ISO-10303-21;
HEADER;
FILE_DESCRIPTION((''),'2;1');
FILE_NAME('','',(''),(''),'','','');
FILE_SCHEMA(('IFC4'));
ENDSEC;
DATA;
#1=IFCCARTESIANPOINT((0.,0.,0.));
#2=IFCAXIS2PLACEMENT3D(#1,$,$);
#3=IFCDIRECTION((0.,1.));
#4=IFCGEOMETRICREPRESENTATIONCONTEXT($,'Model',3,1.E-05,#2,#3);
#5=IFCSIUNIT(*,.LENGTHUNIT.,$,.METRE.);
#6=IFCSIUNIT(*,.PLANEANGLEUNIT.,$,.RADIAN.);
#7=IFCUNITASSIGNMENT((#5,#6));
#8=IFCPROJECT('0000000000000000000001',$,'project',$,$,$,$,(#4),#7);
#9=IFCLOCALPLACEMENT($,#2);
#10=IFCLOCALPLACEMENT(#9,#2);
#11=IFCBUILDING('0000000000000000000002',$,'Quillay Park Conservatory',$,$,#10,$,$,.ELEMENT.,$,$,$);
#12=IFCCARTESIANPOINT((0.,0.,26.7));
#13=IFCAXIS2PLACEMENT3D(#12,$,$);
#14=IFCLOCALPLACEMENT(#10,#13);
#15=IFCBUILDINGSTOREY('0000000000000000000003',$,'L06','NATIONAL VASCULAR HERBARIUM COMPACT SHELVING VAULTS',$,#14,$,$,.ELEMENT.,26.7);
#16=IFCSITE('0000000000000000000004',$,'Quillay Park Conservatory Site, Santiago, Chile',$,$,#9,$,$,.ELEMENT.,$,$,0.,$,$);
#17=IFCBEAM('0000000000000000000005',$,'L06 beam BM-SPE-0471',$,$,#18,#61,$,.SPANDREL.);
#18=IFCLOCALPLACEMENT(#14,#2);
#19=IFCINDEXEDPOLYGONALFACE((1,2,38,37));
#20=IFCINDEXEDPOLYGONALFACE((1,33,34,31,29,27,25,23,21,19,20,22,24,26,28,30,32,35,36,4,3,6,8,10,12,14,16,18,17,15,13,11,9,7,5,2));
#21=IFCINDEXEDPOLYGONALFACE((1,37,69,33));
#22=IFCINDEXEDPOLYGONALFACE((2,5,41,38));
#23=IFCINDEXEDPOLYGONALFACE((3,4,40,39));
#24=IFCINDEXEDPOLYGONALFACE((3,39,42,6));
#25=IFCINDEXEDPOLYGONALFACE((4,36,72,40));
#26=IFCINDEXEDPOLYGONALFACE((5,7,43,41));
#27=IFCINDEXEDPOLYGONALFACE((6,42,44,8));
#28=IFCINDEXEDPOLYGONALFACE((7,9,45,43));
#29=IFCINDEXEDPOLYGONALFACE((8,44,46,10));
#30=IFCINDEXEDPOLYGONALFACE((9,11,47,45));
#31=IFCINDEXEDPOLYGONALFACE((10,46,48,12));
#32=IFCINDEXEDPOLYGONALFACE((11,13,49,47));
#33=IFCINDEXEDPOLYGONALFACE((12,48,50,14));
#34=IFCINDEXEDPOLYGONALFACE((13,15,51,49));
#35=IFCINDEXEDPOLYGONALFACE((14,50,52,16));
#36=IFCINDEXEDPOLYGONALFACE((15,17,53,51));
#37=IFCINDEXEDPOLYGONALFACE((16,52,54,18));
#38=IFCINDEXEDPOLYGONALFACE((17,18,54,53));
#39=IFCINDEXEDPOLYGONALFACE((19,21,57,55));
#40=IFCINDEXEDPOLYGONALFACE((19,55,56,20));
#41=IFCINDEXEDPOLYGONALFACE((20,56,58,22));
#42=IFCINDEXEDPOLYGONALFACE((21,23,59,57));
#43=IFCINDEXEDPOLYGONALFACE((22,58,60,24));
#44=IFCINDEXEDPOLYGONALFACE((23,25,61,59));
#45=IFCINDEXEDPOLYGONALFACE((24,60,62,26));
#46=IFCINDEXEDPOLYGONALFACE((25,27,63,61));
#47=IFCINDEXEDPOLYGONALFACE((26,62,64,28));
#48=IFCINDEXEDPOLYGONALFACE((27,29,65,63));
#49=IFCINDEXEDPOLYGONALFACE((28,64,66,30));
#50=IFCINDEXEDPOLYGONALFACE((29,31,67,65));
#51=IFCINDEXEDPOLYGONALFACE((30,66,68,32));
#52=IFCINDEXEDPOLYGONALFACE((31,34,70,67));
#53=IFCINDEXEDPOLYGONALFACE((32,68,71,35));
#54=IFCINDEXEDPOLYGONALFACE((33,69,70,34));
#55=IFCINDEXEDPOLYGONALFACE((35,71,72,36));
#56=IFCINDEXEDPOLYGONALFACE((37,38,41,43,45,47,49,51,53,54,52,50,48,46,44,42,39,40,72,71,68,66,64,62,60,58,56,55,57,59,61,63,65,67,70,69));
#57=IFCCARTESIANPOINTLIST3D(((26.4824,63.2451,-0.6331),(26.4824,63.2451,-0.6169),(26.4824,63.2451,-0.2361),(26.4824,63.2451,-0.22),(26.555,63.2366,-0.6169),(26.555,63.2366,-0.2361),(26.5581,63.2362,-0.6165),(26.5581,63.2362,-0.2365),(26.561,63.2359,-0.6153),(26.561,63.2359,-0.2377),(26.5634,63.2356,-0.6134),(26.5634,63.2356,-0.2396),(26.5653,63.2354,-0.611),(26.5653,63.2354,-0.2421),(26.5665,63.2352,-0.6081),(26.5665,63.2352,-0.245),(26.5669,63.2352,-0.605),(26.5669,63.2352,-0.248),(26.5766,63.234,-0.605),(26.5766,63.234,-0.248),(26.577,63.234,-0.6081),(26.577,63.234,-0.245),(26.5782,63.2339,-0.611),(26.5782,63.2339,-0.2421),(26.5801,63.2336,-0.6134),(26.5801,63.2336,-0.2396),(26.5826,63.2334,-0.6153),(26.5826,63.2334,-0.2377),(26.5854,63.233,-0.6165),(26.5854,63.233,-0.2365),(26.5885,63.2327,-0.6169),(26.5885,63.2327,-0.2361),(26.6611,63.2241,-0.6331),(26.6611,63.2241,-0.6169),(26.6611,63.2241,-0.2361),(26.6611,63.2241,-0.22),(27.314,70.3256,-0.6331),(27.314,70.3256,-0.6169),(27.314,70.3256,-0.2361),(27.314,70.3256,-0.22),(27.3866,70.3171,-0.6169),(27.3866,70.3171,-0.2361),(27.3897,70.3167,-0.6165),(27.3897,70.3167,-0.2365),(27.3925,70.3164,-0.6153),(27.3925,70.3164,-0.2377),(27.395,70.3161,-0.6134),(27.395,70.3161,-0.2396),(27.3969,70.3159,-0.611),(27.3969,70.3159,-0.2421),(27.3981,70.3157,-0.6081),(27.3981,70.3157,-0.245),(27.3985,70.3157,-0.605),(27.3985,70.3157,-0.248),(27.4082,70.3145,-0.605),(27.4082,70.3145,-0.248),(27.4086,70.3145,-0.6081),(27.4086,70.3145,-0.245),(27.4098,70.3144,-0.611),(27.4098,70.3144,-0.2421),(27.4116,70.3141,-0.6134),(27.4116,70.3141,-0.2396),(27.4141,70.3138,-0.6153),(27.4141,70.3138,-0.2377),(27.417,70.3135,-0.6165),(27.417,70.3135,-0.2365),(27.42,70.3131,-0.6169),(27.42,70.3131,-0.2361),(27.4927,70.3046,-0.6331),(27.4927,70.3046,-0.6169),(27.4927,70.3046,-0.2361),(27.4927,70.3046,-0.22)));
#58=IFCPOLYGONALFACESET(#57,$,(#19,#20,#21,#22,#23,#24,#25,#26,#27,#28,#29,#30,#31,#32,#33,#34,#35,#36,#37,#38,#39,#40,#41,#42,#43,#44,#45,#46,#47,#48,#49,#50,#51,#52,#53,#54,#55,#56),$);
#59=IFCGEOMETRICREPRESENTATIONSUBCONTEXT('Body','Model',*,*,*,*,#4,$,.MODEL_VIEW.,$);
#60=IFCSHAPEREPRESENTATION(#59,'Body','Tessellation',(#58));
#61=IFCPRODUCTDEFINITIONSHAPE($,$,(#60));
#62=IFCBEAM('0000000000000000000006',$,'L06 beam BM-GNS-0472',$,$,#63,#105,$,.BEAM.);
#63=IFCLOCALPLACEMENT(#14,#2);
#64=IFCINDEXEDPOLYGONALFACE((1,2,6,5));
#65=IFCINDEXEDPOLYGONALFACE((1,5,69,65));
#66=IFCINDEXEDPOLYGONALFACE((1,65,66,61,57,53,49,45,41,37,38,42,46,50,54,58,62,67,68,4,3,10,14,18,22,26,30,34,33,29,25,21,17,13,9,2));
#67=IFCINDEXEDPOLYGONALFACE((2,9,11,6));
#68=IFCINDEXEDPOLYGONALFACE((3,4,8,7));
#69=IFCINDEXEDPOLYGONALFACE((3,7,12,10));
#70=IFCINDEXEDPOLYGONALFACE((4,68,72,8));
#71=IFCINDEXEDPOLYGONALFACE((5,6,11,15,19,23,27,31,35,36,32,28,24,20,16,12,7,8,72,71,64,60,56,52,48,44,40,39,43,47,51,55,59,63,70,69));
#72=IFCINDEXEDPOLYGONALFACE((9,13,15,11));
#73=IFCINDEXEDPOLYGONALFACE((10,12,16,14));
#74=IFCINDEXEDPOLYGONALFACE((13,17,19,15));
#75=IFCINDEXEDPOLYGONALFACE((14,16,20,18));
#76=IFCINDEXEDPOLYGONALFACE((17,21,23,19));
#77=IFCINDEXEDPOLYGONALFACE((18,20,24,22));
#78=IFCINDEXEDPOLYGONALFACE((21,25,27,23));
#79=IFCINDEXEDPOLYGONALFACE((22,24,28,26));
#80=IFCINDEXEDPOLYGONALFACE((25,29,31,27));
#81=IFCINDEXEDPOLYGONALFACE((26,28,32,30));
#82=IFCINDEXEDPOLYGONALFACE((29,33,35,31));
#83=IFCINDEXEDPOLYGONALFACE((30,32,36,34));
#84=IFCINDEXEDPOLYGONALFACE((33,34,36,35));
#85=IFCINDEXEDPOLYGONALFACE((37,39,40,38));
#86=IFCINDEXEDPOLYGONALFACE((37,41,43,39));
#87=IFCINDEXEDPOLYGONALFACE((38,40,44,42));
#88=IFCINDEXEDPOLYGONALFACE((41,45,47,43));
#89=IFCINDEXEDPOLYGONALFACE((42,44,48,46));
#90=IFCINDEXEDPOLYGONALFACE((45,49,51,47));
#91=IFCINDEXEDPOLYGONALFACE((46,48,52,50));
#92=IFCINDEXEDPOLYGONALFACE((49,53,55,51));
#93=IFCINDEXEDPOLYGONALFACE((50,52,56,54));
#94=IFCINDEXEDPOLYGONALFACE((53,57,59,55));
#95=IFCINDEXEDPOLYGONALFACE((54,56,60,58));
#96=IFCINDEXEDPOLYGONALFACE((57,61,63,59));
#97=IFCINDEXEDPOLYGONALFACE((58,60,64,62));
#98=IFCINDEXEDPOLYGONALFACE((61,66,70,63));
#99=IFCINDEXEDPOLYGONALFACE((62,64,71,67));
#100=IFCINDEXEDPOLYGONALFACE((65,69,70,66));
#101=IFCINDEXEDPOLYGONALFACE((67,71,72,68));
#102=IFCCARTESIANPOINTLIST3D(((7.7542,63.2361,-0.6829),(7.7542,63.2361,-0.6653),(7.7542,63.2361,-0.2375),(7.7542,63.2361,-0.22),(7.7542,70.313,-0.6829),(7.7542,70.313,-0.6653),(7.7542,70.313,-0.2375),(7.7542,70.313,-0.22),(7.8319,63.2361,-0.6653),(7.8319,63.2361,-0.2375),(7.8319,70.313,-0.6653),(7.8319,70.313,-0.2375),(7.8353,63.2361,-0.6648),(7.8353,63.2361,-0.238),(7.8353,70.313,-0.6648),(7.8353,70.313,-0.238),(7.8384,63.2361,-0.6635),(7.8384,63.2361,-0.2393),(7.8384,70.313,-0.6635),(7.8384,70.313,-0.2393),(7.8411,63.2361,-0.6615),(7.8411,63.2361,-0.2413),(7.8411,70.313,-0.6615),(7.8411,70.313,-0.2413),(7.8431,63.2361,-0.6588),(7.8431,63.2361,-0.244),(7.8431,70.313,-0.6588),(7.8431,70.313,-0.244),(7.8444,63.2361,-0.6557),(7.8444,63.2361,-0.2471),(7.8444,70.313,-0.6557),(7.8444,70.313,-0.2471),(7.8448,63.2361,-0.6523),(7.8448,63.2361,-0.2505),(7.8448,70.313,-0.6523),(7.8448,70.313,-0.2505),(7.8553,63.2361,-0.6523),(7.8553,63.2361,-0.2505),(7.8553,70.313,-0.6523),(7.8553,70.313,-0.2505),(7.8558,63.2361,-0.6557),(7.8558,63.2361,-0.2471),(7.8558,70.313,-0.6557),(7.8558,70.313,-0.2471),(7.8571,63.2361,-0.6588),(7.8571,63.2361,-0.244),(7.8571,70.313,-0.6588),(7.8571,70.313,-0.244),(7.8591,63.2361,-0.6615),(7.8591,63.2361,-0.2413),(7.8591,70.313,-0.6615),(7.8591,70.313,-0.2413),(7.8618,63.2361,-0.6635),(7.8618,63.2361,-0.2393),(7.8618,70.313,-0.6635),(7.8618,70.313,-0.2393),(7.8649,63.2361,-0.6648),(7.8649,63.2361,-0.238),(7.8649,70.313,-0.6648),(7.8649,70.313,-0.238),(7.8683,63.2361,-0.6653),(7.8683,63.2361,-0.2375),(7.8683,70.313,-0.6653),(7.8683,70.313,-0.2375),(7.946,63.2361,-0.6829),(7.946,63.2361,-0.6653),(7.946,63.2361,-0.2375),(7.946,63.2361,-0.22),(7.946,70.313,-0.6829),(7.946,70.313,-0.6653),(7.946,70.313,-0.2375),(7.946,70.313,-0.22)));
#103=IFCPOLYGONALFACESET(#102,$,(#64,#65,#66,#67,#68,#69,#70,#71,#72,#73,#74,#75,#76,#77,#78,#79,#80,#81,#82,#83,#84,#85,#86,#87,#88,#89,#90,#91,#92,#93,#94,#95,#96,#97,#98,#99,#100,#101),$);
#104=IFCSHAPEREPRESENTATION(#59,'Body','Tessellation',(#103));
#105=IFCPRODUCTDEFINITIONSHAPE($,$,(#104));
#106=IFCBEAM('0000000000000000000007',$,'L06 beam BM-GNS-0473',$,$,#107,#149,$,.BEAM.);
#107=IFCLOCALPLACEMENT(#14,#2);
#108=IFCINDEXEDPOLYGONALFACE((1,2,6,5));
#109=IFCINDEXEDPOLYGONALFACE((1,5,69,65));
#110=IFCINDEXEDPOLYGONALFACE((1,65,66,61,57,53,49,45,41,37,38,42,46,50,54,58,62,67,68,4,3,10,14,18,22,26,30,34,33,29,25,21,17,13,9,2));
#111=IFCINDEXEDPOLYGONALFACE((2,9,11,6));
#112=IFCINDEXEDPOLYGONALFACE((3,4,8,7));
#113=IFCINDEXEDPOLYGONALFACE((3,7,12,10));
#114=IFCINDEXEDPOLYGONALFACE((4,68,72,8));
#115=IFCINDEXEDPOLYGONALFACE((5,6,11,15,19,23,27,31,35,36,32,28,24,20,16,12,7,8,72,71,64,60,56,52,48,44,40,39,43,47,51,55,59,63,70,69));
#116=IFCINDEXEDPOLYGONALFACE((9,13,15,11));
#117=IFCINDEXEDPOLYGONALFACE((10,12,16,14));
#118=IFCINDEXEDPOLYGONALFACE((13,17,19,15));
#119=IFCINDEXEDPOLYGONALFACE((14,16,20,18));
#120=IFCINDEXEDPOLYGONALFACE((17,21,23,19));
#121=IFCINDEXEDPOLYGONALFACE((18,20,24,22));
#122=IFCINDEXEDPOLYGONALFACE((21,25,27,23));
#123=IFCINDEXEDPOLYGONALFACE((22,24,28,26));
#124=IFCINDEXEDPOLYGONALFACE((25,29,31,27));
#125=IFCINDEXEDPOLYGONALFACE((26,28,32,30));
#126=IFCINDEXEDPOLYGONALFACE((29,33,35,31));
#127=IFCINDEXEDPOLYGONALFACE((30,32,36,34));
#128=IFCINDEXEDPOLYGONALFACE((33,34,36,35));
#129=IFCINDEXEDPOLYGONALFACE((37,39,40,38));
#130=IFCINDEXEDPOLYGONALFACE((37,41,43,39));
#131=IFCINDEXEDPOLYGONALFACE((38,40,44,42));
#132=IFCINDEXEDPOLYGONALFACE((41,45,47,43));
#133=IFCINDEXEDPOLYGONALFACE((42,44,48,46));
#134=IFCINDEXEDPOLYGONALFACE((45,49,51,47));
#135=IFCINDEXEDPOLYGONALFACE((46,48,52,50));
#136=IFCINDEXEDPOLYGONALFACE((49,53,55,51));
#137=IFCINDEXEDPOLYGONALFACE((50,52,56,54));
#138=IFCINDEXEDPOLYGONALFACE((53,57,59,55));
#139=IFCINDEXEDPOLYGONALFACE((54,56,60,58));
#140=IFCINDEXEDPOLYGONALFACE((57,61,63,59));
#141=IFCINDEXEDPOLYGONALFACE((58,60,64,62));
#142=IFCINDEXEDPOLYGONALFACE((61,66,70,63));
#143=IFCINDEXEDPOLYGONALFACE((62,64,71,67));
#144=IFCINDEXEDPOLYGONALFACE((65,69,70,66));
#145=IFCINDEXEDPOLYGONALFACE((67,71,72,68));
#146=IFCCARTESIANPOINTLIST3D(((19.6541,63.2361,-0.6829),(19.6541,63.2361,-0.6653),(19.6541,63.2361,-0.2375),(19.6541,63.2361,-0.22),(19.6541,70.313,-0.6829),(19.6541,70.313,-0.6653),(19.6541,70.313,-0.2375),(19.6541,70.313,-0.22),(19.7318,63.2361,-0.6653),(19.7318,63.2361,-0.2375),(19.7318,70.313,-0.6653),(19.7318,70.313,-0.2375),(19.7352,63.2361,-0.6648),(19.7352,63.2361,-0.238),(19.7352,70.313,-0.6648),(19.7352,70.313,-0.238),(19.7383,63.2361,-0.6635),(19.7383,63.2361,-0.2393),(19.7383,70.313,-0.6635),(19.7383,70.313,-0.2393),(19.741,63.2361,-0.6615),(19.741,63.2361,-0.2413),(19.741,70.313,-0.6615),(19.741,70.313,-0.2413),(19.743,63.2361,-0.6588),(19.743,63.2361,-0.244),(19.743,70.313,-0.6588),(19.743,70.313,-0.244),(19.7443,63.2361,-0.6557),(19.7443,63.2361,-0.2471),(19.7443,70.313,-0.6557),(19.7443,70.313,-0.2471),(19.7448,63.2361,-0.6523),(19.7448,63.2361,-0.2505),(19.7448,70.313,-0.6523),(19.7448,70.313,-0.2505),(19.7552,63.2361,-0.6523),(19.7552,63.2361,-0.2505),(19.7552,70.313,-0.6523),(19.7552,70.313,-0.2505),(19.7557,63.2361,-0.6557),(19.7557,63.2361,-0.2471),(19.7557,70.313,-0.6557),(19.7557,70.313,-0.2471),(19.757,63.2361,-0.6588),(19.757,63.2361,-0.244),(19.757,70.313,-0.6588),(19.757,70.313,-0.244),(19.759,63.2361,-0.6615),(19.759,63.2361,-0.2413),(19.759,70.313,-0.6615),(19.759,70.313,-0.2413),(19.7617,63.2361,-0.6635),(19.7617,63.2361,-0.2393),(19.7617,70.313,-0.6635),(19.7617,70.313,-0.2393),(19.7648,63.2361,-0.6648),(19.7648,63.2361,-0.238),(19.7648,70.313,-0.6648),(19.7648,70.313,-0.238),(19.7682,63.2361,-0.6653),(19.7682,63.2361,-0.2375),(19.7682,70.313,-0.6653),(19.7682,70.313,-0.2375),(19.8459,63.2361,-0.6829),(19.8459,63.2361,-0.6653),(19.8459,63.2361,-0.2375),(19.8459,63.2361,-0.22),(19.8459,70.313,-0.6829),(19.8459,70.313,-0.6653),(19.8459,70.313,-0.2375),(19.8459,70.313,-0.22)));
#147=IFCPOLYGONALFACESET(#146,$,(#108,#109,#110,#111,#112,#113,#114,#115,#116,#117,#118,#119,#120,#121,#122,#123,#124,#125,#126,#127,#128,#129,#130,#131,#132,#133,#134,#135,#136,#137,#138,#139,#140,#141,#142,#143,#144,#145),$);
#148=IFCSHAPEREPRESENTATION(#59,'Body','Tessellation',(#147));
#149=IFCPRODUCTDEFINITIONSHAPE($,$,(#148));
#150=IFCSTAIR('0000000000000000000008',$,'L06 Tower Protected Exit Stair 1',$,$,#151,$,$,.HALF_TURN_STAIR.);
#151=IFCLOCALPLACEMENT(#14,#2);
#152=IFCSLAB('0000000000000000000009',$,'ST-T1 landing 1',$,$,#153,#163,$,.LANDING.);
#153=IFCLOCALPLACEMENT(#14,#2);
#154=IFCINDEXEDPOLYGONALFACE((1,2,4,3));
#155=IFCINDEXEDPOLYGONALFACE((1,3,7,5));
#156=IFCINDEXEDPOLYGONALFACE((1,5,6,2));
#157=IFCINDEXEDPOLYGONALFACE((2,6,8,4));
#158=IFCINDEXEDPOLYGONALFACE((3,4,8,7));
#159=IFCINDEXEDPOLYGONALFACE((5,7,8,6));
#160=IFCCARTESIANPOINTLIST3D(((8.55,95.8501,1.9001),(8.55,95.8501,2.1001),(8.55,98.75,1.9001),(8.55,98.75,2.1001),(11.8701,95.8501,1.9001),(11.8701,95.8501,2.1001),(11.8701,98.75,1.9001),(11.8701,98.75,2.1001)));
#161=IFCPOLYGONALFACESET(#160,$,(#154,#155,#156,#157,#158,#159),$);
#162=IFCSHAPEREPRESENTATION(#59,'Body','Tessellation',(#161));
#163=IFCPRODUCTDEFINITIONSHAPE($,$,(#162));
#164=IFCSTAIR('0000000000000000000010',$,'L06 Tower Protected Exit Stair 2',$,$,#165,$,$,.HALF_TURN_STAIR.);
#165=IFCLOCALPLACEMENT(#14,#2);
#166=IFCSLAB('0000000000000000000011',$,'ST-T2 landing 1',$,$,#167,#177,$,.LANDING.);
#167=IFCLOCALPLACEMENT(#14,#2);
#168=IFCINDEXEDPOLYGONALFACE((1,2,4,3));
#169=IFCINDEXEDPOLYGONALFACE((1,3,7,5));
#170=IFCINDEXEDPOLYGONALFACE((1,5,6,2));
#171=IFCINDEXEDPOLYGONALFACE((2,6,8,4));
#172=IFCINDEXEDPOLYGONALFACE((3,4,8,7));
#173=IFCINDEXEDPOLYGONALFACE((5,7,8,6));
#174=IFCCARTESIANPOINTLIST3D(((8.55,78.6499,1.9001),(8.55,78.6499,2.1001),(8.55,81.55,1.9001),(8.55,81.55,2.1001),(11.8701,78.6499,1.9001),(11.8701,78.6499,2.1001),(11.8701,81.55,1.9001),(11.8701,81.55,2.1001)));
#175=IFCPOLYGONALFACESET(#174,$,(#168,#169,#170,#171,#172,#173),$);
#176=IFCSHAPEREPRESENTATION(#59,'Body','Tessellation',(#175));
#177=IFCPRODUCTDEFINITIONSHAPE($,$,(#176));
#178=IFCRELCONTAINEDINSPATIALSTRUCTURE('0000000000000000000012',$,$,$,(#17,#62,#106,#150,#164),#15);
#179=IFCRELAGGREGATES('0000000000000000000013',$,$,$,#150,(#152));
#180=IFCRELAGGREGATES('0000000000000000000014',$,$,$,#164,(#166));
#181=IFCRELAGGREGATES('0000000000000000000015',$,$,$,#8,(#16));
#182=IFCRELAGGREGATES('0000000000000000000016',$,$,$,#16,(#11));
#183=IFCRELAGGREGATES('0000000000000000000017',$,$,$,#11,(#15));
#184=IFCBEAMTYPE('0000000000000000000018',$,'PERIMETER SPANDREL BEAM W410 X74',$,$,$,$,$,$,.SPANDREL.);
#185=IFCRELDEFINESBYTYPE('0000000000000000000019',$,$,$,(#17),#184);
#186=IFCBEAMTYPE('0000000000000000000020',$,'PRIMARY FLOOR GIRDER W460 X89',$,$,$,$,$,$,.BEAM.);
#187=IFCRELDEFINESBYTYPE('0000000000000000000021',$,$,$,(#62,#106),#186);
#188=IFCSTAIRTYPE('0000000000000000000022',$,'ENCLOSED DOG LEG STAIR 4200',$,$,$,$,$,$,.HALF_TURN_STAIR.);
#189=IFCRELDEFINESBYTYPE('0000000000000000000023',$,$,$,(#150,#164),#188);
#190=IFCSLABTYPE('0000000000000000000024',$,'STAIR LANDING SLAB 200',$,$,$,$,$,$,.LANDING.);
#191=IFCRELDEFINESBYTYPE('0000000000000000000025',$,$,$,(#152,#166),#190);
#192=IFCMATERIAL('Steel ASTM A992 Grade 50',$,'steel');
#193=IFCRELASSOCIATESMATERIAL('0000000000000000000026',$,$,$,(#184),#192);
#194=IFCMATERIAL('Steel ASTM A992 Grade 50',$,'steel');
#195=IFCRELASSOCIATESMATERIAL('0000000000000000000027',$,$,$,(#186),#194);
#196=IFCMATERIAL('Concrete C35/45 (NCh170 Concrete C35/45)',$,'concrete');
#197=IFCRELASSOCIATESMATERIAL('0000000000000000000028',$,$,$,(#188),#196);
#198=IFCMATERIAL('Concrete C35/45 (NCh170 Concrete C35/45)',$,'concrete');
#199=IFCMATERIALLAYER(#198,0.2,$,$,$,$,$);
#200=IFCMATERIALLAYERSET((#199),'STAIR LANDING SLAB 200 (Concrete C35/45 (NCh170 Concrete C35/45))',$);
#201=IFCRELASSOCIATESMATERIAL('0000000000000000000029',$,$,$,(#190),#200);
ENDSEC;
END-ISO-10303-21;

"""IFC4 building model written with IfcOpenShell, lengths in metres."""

from ifc_helpers import new_model, si_unit, direction, frame, origin, origin_2d, place, context, subcontext, project, spatial, polyline, i_section, outline, extrude, material, layer, layer_set, material_profile, profile_set, type_object, element, aggregate, save


model = new_model("IFC4")

# Units and contexts
model_context = context("Model", 3, precision=1e-05, world=origin(), true_north=direction((0.0, 1.0)))
body_context = subcontext(model_context, "Body", "Model", "MODEL_VIEW")
ifc_project = project(units=[si_unit("LENGTHUNIT", "METRE"), si_unit("PLANEANGLEUNIT", "RADIAN")], contexts=[model_context])

# Site, building, storey
site_placement = place(None, origin())
site = spatial("IfcSite", under=ifc_project, at=site_placement, Name="Quillay Park Conservatory Site, Santiago, Chile", CompositionType="ELEMENT", RefElevation=0.0)
building_placement = place(site_placement, origin())
building = spatial("IfcBuilding", under=site, at=building_placement, Name="Quillay Park Conservatory", CompositionType="ELEMENT")
storey_placement = place(building_placement, frame((0.0, 0.0, 26.7)))
storey = spatial("IfcBuildingStorey", under=building, at=storey_placement, Name="L06", Description="NATIONAL VASCULAR HERBARIUM COMPACT SHELVING VAULTS", CompositionType="ELEMENT", Elevation=26.7)

# Beams
ifc_material_1 = material(Name="Steel ASTM A992 Grade 50", Category="steel")
ifc_material_profile_1 = material_profile(ifc_material_1, i_section(OverallWidth=0.1799, OverallDepth=0.4131, WebThickness=0.0098, FlangeThickness=0.0161, FilletRadius=0.012, at=origin_2d()), Name="W410x74")
ifc_profile_set_1 = profile_set([ifc_material_profile_1], Name="Steel ASTM A992 Grade 50")
beam_type_1 = type_object("IfcBeamType", Name="PERIMETER SPANDREL BEAM W410 X74", PredefinedType="SPANDREL", material=ifc_profile_set_1)
beam_1_placement = place(storey_placement, frame((26.5718, 63.2346, -0.4265), z_axis=(0.116639, 0.993174, 0.0), x_axis=(-0.993174, 0.116639, 0.0)))
element("IfcBeam", 1, at=beam_1_placement, inside=storey, type_object=beam_type_1, Name="L06 beam BM-SPE-0471", PredefinedType="SPANDREL", context=body_context, shape_type="SweptSolid", body=[
    extrude(i_section(OverallWidth=0.1799, OverallDepth=0.4131, WebThickness=0.0098, FlangeThickness=0.0161, FilletRadius=0.012, at=origin_2d()), origin(), (0.0, 0.0, 1.0), 7.1292),
])
ifc_material_2 = material(Name="Steel ASTM A992 Grade 50", Category="steel")
ifc_material_profile_2 = material_profile(ifc_material_2, i_section(OverallWidth=0.1919, OverallDepth=0.4629, WebThickness=0.0105, FlangeThickness=0.0176, FilletRadius=0.0129, at=origin_2d()), Name="W460x89")
ifc_profile_set_2 = profile_set([ifc_material_profile_2], Name="Steel ASTM A992 Grade 50")
beam_type_2 = type_object("IfcBeamType", Name="PRIMARY FLOOR GIRDER W460 X89", PredefinedType="BEAM", material=ifc_profile_set_2)
for number, where, z_axis, x_axis, name in (
    (2, (7.8501, 63.2361, -0.4514), (0.0, 1.0, 0.0), (-1.0, 0.0, 0.0), "L06 beam BM-GNS-0472"),
    (3, (19.75, 63.2361, -0.4514), (0.0, 1.0, 0.0), (-1.0, 0.0, 0.0), "L06 beam BM-GNS-0473"),
):
    element("IfcBeam", number, at=place(storey_placement, frame(where, z_axis=z_axis, x_axis=x_axis)), inside=storey, type_object=beam_type_2, Name=name, PredefinedType="BEAM", context=body_context, shape_type="SweptSolid", body=[
        extrude(i_section(OverallWidth=0.1919, OverallDepth=0.4629, WebThickness=0.0105, FlangeThickness=0.0176, FilletRadius=0.0129, at=origin_2d()), origin(), (0.0, 0.0, 1.0), 7.0769),
    ])

# Stairs, slabs
ifc_material_3 = material(Name="Concrete C35/45 (NCh170 Concrete C35/45)", Category="concrete")
stair_type = type_object("IfcStairType", Name="ENCLOSED DOG LEG STAIR 4200", PredefinedType="HALF_TURN_STAIR", material=ifc_material_3)
stair_1_placement = place(storey_placement, origin())
stair_1 = element("IfcStair", 4, at=stair_1_placement, inside=storey, type_object=stair_type, Name="L06 Tower Protected Exit Stair 1", PredefinedType="HALF_TURN_STAIR")
ifc_material_4 = material(Name="Concrete C35/45 (NCh170 Concrete C35/45)", Category="concrete")
ifc_layer_1 = layer(ifc_material_4, 0.2)
ifc_layer_set_1 = layer_set([ifc_layer_1], Name="STAIR LANDING SLAB 200 (Concrete C35/45 (NCh170 Concrete C35/45))")
slab_type_1 = type_object("IfcSlabType", Name="STAIR LANDING SLAB 200", PredefinedType="LANDING", material=ifc_layer_set_1)
slab_1_placement = place(storey_placement, frame((0.0, 0.0, 1.9001)))
slab_1 = element("IfcSlab", 5, at=slab_1_placement, type_object=slab_type_1, Name="ST-T1 landing 1", PredefinedType="LANDING", context=body_context, shape_type="SweptSolid", body=[
    extrude(outline(polyline([(11.8701, 95.8501), (11.8701, 98.75), (8.55, 98.75), (8.55, 95.8501), (11.8701, 95.8501)])), origin(), (0.0, 0.0, 1.0), 0.2),
])
aggregate(stair_1, [slab_1])
stair_2_placement = place(storey_placement, origin())
stair_2 = element("IfcStair", 6, at=stair_2_placement, inside=storey, type_object=stair_type, Name="L06 Tower Protected Exit Stair 2", PredefinedType="HALF_TURN_STAIR")
slab_2_placement = place(storey_placement, frame((0.0, 0.0, 1.9001)))
slab_2 = element("IfcSlab", 7, at=slab_2_placement, type_object=slab_type_1, Name="ST-T2 landing 1", PredefinedType="LANDING", context=body_context, shape_type="SweptSolid", body=[
    extrude(outline(polyline([(8.55, 81.55), (8.55, 78.6499), (11.8701, 78.6499), (11.8701, 81.55), (8.55, 81.55)])), origin(), (0.0, 0.0, 1.0), 0.2),
])
aggregate(stair_2, [slab_2])

save(model, "model.ifc")
